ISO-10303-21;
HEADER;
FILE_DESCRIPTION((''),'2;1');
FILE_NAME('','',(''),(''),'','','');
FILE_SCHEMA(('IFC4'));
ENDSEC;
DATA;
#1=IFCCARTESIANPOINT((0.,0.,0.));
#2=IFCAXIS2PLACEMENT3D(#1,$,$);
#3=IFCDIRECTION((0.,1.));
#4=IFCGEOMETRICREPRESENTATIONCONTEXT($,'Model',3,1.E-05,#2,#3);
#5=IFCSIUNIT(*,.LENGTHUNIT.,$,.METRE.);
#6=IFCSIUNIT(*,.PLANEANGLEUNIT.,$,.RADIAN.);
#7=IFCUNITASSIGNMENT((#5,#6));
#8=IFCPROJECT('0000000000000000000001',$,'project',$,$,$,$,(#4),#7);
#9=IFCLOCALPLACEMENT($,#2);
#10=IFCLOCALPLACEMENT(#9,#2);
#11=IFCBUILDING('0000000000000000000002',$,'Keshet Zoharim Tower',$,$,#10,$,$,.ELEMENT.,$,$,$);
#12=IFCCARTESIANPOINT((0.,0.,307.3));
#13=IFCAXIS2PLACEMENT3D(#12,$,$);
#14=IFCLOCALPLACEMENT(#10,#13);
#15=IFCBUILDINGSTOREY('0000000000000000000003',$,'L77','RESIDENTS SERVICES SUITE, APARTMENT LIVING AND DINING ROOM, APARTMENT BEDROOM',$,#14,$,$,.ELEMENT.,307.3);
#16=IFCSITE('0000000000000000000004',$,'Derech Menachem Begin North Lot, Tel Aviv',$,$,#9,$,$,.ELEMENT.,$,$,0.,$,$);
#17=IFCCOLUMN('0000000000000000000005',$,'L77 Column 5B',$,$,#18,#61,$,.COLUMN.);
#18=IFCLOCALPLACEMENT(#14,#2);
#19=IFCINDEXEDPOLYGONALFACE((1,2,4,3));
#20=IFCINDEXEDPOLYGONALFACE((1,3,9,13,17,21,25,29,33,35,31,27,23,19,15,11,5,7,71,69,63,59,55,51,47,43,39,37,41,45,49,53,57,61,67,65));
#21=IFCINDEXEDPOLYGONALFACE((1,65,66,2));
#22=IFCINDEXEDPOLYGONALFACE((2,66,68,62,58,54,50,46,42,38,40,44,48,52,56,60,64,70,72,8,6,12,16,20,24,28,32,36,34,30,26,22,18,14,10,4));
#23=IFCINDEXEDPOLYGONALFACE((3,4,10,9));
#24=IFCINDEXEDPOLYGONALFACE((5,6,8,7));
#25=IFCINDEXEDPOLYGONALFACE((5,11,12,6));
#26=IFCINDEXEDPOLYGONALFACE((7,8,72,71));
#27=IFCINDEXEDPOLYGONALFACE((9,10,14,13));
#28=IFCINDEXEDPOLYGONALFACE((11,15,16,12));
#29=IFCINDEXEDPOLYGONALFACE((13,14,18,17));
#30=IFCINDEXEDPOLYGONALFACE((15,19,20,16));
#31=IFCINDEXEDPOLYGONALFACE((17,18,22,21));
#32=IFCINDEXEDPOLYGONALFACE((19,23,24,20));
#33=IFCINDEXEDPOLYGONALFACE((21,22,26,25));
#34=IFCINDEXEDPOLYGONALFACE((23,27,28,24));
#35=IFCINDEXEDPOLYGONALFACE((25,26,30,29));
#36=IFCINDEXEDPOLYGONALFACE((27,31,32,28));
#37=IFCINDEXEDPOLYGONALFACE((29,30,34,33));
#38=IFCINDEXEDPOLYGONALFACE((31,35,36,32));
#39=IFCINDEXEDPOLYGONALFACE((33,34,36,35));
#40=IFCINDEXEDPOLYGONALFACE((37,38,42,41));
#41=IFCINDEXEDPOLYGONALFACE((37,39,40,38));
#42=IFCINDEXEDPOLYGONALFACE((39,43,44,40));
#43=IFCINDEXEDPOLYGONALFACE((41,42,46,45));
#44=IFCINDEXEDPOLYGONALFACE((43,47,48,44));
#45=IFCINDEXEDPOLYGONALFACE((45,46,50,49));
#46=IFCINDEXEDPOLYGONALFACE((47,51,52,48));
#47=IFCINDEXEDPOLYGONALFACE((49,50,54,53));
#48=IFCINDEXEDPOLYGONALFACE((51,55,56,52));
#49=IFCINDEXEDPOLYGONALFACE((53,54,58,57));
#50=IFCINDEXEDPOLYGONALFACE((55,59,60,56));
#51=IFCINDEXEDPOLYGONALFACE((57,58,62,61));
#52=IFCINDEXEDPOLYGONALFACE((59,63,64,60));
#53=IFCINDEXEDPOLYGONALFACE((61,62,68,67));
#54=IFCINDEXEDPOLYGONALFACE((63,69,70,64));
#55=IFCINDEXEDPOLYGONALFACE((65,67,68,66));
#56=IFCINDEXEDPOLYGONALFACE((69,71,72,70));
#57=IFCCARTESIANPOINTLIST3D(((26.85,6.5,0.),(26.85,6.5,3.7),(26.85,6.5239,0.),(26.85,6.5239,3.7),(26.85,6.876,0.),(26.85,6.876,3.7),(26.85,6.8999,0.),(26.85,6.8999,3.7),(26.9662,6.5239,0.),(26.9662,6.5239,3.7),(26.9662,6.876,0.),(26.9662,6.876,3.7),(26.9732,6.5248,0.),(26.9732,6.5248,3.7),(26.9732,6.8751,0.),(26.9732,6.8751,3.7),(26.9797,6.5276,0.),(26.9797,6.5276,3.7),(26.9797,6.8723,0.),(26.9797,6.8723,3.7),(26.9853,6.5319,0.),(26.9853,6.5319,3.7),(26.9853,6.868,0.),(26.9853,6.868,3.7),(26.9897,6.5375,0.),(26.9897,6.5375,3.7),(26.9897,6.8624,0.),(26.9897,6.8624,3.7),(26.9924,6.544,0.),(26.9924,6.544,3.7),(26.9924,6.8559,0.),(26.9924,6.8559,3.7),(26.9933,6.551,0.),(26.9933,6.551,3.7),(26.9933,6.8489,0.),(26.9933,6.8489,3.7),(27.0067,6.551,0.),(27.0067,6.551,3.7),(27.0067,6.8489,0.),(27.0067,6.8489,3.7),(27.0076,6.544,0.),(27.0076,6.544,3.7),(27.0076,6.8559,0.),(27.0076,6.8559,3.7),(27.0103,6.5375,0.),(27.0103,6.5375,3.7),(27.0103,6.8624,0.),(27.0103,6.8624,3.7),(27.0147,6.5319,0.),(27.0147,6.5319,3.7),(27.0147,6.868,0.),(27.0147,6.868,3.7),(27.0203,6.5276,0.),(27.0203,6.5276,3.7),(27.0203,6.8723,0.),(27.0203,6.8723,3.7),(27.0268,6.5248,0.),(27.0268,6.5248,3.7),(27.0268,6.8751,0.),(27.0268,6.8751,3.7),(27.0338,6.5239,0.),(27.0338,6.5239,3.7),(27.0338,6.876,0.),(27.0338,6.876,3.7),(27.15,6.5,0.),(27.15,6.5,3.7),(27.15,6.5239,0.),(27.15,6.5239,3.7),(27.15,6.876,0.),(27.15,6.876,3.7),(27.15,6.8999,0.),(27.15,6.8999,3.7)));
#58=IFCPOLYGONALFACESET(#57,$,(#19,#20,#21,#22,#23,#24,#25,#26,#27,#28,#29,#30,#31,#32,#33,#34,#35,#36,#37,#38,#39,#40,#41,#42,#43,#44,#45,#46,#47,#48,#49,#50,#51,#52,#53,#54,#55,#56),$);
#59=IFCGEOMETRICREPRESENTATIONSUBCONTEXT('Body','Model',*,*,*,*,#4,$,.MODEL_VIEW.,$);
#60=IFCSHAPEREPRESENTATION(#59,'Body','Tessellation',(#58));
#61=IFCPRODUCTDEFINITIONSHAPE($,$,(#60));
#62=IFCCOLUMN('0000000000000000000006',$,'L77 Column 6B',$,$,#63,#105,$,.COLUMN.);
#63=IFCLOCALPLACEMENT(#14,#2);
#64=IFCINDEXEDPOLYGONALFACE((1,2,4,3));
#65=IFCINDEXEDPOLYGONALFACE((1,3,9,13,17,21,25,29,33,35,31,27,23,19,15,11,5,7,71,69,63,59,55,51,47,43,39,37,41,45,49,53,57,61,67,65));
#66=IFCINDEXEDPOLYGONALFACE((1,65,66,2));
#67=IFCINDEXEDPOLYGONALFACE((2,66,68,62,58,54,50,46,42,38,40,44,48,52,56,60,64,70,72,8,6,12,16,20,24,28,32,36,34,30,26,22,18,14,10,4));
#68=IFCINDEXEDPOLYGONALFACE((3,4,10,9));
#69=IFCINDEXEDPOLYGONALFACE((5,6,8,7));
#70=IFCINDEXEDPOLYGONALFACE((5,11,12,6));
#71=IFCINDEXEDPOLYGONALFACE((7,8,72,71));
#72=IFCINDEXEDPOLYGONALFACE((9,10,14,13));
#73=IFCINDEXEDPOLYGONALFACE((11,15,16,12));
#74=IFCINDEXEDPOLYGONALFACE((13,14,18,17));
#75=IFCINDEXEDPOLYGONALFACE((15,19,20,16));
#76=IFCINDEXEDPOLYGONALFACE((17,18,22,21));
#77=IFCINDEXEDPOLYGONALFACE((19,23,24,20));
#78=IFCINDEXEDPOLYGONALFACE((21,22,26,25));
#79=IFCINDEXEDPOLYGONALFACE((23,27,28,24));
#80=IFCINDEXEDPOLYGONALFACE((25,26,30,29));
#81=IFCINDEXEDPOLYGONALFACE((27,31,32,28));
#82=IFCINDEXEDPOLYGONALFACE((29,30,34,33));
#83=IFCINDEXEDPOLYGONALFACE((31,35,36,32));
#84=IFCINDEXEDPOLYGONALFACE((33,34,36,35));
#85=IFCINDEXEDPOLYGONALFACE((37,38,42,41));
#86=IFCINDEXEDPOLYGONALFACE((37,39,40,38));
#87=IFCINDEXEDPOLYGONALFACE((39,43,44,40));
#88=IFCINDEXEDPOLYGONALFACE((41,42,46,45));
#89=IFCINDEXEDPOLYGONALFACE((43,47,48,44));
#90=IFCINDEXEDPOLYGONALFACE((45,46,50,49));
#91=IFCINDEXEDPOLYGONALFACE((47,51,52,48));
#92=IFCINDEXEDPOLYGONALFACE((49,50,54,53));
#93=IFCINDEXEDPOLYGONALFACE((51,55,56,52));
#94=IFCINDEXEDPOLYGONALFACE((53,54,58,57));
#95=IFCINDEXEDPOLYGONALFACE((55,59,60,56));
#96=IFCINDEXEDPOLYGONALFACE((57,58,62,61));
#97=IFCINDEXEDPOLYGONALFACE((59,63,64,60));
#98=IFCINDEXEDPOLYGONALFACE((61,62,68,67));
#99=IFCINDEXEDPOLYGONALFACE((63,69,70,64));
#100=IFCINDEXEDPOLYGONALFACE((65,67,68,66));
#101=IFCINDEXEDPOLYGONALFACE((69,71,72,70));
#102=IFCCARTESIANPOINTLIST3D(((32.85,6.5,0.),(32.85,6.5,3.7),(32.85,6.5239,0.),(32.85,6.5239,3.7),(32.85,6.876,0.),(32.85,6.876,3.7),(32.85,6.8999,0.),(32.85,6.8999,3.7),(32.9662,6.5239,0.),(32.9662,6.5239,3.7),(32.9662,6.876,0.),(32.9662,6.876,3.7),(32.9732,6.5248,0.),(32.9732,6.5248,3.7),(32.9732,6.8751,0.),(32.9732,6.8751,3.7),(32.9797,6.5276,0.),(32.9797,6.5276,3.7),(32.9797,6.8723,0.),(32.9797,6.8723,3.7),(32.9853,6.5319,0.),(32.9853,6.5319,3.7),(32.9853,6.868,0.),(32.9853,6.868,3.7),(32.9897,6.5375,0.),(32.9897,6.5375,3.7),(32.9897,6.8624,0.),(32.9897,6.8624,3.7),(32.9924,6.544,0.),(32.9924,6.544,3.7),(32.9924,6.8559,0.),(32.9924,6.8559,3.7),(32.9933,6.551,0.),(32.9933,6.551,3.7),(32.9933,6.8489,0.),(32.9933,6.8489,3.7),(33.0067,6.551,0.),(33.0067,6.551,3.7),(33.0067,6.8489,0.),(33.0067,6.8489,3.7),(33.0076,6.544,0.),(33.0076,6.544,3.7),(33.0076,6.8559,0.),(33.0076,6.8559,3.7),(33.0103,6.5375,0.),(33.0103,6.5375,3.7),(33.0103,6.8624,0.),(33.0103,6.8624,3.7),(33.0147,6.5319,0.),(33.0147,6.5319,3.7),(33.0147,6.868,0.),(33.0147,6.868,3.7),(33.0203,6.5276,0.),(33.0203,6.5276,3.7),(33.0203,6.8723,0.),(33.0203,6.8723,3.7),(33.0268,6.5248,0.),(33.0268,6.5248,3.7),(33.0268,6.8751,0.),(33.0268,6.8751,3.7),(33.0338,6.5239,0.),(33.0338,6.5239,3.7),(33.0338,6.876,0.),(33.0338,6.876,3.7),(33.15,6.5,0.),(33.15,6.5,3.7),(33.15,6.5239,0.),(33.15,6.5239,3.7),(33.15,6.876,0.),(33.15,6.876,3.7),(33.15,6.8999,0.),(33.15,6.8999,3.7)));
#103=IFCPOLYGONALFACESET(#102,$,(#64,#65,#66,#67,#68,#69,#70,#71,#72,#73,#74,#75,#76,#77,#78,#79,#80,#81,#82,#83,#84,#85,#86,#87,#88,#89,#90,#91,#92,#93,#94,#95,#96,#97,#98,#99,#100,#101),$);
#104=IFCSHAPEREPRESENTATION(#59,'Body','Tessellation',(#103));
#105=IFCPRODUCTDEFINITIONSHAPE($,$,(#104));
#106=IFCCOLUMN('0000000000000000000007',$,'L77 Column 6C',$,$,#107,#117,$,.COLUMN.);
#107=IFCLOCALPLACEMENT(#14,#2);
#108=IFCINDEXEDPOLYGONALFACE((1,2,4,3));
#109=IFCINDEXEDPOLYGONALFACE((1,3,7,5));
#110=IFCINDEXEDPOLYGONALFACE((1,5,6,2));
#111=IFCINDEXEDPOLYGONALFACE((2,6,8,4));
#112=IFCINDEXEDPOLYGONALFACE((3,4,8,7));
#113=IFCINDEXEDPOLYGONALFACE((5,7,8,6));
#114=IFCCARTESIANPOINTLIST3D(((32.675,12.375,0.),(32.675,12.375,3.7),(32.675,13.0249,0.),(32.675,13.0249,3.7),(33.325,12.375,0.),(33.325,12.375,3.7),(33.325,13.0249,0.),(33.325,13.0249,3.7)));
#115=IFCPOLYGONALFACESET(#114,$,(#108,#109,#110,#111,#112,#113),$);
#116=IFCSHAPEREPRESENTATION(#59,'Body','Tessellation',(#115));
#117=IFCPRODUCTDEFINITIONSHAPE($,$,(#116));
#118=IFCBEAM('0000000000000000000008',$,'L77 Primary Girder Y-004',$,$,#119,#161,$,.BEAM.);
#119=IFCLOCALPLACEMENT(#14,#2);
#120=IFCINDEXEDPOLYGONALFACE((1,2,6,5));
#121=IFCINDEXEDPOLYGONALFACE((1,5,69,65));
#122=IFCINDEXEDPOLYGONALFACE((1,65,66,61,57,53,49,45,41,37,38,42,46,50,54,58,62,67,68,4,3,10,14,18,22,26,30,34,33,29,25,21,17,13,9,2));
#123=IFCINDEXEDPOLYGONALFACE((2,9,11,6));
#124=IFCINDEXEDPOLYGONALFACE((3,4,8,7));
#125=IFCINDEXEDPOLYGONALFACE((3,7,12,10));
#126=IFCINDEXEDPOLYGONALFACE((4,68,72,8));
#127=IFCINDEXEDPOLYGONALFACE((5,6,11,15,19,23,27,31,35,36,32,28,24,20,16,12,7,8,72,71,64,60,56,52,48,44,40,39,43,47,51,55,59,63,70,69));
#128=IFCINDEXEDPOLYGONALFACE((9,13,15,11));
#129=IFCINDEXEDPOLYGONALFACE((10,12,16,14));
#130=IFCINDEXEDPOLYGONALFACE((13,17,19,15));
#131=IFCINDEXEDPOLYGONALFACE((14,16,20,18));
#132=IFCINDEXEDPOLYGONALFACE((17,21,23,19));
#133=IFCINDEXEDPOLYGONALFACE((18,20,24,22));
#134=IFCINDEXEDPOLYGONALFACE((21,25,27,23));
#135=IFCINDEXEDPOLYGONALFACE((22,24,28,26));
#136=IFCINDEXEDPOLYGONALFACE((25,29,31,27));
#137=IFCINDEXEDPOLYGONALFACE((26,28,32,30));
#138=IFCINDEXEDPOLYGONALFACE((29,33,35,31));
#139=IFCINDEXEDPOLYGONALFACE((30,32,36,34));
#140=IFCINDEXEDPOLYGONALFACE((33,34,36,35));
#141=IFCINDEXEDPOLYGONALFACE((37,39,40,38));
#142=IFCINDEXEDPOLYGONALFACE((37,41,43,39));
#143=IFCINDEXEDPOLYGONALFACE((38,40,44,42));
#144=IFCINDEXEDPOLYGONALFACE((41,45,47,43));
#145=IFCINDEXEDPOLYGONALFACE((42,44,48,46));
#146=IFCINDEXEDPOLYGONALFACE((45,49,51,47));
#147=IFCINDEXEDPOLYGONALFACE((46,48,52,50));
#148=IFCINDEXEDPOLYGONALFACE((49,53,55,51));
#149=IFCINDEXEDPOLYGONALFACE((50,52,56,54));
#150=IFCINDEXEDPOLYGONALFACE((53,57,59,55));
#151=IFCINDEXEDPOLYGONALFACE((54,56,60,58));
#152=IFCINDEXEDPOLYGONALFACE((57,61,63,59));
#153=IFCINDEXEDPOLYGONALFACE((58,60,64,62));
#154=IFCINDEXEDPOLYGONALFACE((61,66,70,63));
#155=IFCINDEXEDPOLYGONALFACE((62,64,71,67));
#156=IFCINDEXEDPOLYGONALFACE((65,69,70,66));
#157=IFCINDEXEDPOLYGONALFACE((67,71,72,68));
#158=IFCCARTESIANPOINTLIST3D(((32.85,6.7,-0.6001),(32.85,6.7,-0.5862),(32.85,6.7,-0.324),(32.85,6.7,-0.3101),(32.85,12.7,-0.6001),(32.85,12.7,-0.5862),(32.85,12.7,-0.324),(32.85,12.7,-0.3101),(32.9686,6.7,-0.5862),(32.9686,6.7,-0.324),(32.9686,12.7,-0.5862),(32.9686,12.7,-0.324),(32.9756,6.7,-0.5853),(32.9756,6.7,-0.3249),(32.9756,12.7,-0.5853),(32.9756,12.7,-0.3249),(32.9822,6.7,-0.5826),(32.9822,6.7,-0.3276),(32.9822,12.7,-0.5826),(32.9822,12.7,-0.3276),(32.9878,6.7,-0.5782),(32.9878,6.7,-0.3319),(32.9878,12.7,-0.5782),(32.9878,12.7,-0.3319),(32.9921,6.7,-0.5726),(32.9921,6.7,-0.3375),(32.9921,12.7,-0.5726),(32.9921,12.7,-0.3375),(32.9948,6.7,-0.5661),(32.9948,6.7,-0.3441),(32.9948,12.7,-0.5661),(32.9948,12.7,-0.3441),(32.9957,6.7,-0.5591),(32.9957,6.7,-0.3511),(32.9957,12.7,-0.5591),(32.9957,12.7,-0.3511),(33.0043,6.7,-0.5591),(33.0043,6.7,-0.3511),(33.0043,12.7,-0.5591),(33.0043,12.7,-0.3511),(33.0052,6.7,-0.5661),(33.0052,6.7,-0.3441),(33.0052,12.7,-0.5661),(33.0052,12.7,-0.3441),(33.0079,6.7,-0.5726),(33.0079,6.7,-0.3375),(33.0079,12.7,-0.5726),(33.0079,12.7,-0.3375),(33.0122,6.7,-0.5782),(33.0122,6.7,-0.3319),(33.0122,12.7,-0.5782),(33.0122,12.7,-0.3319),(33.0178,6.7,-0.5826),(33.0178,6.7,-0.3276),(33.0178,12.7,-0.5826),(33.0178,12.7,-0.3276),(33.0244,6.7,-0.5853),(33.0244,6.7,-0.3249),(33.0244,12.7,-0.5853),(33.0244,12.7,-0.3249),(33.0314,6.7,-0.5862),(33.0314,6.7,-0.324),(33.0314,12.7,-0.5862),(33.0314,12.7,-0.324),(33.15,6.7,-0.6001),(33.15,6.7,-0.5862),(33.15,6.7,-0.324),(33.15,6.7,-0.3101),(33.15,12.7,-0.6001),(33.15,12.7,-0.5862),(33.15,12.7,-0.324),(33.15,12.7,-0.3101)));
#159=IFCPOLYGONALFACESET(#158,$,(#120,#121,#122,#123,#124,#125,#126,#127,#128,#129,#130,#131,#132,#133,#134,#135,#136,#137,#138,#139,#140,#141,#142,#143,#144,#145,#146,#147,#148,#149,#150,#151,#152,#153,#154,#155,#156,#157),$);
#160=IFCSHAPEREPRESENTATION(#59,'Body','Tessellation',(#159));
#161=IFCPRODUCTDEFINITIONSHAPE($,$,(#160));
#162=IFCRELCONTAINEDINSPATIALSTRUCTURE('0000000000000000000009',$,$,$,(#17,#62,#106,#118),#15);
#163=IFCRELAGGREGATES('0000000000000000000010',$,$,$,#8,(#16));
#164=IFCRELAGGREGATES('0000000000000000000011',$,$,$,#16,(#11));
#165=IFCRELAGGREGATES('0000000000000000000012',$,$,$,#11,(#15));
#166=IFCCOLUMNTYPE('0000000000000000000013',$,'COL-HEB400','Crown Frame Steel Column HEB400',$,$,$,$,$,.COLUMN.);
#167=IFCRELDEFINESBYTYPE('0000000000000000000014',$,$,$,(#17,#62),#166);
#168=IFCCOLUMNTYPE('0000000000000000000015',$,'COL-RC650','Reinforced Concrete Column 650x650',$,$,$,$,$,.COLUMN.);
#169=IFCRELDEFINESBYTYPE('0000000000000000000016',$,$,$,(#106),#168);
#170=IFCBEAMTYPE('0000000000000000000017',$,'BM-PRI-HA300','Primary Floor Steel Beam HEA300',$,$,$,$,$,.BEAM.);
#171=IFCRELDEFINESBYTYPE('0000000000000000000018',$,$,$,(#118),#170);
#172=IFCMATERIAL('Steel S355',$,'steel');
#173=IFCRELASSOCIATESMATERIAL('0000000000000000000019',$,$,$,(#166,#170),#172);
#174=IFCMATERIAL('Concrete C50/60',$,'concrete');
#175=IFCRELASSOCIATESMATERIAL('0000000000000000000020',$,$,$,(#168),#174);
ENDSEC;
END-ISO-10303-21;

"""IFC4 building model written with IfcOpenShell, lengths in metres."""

from ifc_helpers import new_model, si_unit, direction, frame, origin, origin_2d, place, context, subcontext, project, spatial, rectangle, i_section, extrude, material, material_profile, profile_set, type_object, element, save


model = new_model("IFC4")

# Units and contexts
model_context = context("Model", 3, precision=1e-05, world=origin(), true_north=direction((0.0, 1.0)))
body_context = subcontext(model_context, "Body", "Model", "MODEL_VIEW")
ifc_project = project(units=[si_unit("LENGTHUNIT", "METRE"), si_unit("PLANEANGLEUNIT", "RADIAN")], contexts=[model_context])

# Site, building, storey
site_placement = place(None, origin())
site = spatial("IfcSite", under=ifc_project, at=site_placement, Name="Derech Menachem Begin North Lot, Tel Aviv", CompositionType="ELEMENT", RefElevation=0.0)
building_placement = place(site_placement, origin())
building = spatial("IfcBuilding", under=site, at=building_placement, Name="Keshet Zoharim Tower", CompositionType="ELEMENT")
storey_placement = place(building_placement, frame((0.0, 0.0, 307.3)))
storey = spatial("IfcBuildingStorey", under=building, at=storey_placement, Name="L77", Description="RESIDENTS SERVICES SUITE, APARTMENT LIVING AND DINING ROOM, APARTMENT BEDROOM", CompositionType="ELEMENT", Elevation=307.3)

# Columns
ifc_material_1 = material(Name="Steel S355", Category="steel")
ifc_material_profile_1 = material_profile(ifc_material_1, i_section(OverallWidth=0.3, OverallDepth=0.3999, WebThickness=0.0134, FlangeThickness=0.0239, FilletRadius=0.0271, at=origin_2d()), Name="HEB400")
ifc_profile_set_1 = profile_set([ifc_material_profile_1], Name="Steel S355")
column_type_1 = type_object("IfcColumnType", Name="COL-HEB400", Description="Crown Frame Steel Column HEB400", PredefinedType="COLUMN", material=ifc_profile_set_1)
for number, where, z_axis, x_axis, name in (
    (1, (27.0, 6.7, 0.0), (0.0, 0.0, 1.0), (1.0, 0.0, 0.0), "L77 Column 5B"),
    (2, (33.0, 6.7, 0.0), (0.0, 0.0, 1.0), (1.0, 0.0, 0.0), "L77 Column 6B"),
):
    element("IfcColumn", number, at=place(storey_placement, frame(where, z_axis=z_axis, x_axis=x_axis)), inside=storey, type_object=column_type_1, Name=name, PredefinedType="COLUMN", context=body_context, shape_type="SweptSolid", body=[
        extrude(i_section(OverallWidth=0.3, OverallDepth=0.3999, WebThickness=0.0134, FlangeThickness=0.0239, FilletRadius=0.0271, at=origin_2d()), origin(), (0.0, 0.0, 1.0), 3.7),
    ])
ifc_material_2 = material(Name="Concrete C50/60", Category="concrete")
ifc_material_profile_2 = material_profile(ifc_material_2, rectangle(XDim=0.6499, YDim=0.6499, at=origin_2d()), Name="RC650x650")
ifc_profile_set_2 = profile_set([ifc_material_profile_2], Name="Concrete C50/60")
column_type_2 = type_object("IfcColumnType", Name="COL-RC650", Description="Reinforced Concrete Column 650x650", PredefinedType="COLUMN", material=ifc_profile_set_2)
column_placement = place(storey_placement, frame((33.0, 12.7, 0.0), z_axis=(0.0, 0.0, 1.0), x_axis=(1.0, 0.0, 0.0)))
element("IfcColumn", 3, at=column_placement, inside=storey, type_object=column_type_2, Name="L77 Column 6C", PredefinedType="COLUMN", context=body_context, shape_type="SweptSolid", body=[
    extrude(rectangle(XDim=0.6499, YDim=0.6499, at=origin_2d()), origin(), (0.0, 0.0, 1.0), 3.7),
])

# Beam
ifc_material_profile_3 = material_profile(ifc_material_1, i_section(OverallWidth=0.3, OverallDepth=0.29, WebThickness=0.0085, FlangeThickness=0.0139, FilletRadius=0.0271, at=origin_2d()), Name="HEA300")
ifc_profile_set_3 = profile_set([ifc_material_profile_3], Name="Steel S355")
beam_type_1 = type_object("IfcBeamType", Name="BM-PRI-HA300", Description="Primary Floor Steel Beam HEA300", PredefinedType="BEAM", material=ifc_profile_set_3)
beam_1_placement = place(storey_placement, frame((33.0, 6.7, -0.4551), z_axis=(0.0, 1.0, 0.0), x_axis=(-1.0, 0.0, 0.0)))
element("IfcBeam", 4, at=beam_1_placement, inside=storey, type_object=beam_type_1, Name="L77 Primary Girder Y-004", PredefinedType="BEAM", context=body_context, shape_type="SweptSolid", body=[
    extrude(i_section(OverallWidth=0.3, OverallDepth=0.29, WebThickness=0.0085, FlangeThickness=0.0139, FilletRadius=0.0271, at=origin_2d()), origin(), (0.0, 0.0, 1.0), 6.0),
])

save(model, "model.ifc")
